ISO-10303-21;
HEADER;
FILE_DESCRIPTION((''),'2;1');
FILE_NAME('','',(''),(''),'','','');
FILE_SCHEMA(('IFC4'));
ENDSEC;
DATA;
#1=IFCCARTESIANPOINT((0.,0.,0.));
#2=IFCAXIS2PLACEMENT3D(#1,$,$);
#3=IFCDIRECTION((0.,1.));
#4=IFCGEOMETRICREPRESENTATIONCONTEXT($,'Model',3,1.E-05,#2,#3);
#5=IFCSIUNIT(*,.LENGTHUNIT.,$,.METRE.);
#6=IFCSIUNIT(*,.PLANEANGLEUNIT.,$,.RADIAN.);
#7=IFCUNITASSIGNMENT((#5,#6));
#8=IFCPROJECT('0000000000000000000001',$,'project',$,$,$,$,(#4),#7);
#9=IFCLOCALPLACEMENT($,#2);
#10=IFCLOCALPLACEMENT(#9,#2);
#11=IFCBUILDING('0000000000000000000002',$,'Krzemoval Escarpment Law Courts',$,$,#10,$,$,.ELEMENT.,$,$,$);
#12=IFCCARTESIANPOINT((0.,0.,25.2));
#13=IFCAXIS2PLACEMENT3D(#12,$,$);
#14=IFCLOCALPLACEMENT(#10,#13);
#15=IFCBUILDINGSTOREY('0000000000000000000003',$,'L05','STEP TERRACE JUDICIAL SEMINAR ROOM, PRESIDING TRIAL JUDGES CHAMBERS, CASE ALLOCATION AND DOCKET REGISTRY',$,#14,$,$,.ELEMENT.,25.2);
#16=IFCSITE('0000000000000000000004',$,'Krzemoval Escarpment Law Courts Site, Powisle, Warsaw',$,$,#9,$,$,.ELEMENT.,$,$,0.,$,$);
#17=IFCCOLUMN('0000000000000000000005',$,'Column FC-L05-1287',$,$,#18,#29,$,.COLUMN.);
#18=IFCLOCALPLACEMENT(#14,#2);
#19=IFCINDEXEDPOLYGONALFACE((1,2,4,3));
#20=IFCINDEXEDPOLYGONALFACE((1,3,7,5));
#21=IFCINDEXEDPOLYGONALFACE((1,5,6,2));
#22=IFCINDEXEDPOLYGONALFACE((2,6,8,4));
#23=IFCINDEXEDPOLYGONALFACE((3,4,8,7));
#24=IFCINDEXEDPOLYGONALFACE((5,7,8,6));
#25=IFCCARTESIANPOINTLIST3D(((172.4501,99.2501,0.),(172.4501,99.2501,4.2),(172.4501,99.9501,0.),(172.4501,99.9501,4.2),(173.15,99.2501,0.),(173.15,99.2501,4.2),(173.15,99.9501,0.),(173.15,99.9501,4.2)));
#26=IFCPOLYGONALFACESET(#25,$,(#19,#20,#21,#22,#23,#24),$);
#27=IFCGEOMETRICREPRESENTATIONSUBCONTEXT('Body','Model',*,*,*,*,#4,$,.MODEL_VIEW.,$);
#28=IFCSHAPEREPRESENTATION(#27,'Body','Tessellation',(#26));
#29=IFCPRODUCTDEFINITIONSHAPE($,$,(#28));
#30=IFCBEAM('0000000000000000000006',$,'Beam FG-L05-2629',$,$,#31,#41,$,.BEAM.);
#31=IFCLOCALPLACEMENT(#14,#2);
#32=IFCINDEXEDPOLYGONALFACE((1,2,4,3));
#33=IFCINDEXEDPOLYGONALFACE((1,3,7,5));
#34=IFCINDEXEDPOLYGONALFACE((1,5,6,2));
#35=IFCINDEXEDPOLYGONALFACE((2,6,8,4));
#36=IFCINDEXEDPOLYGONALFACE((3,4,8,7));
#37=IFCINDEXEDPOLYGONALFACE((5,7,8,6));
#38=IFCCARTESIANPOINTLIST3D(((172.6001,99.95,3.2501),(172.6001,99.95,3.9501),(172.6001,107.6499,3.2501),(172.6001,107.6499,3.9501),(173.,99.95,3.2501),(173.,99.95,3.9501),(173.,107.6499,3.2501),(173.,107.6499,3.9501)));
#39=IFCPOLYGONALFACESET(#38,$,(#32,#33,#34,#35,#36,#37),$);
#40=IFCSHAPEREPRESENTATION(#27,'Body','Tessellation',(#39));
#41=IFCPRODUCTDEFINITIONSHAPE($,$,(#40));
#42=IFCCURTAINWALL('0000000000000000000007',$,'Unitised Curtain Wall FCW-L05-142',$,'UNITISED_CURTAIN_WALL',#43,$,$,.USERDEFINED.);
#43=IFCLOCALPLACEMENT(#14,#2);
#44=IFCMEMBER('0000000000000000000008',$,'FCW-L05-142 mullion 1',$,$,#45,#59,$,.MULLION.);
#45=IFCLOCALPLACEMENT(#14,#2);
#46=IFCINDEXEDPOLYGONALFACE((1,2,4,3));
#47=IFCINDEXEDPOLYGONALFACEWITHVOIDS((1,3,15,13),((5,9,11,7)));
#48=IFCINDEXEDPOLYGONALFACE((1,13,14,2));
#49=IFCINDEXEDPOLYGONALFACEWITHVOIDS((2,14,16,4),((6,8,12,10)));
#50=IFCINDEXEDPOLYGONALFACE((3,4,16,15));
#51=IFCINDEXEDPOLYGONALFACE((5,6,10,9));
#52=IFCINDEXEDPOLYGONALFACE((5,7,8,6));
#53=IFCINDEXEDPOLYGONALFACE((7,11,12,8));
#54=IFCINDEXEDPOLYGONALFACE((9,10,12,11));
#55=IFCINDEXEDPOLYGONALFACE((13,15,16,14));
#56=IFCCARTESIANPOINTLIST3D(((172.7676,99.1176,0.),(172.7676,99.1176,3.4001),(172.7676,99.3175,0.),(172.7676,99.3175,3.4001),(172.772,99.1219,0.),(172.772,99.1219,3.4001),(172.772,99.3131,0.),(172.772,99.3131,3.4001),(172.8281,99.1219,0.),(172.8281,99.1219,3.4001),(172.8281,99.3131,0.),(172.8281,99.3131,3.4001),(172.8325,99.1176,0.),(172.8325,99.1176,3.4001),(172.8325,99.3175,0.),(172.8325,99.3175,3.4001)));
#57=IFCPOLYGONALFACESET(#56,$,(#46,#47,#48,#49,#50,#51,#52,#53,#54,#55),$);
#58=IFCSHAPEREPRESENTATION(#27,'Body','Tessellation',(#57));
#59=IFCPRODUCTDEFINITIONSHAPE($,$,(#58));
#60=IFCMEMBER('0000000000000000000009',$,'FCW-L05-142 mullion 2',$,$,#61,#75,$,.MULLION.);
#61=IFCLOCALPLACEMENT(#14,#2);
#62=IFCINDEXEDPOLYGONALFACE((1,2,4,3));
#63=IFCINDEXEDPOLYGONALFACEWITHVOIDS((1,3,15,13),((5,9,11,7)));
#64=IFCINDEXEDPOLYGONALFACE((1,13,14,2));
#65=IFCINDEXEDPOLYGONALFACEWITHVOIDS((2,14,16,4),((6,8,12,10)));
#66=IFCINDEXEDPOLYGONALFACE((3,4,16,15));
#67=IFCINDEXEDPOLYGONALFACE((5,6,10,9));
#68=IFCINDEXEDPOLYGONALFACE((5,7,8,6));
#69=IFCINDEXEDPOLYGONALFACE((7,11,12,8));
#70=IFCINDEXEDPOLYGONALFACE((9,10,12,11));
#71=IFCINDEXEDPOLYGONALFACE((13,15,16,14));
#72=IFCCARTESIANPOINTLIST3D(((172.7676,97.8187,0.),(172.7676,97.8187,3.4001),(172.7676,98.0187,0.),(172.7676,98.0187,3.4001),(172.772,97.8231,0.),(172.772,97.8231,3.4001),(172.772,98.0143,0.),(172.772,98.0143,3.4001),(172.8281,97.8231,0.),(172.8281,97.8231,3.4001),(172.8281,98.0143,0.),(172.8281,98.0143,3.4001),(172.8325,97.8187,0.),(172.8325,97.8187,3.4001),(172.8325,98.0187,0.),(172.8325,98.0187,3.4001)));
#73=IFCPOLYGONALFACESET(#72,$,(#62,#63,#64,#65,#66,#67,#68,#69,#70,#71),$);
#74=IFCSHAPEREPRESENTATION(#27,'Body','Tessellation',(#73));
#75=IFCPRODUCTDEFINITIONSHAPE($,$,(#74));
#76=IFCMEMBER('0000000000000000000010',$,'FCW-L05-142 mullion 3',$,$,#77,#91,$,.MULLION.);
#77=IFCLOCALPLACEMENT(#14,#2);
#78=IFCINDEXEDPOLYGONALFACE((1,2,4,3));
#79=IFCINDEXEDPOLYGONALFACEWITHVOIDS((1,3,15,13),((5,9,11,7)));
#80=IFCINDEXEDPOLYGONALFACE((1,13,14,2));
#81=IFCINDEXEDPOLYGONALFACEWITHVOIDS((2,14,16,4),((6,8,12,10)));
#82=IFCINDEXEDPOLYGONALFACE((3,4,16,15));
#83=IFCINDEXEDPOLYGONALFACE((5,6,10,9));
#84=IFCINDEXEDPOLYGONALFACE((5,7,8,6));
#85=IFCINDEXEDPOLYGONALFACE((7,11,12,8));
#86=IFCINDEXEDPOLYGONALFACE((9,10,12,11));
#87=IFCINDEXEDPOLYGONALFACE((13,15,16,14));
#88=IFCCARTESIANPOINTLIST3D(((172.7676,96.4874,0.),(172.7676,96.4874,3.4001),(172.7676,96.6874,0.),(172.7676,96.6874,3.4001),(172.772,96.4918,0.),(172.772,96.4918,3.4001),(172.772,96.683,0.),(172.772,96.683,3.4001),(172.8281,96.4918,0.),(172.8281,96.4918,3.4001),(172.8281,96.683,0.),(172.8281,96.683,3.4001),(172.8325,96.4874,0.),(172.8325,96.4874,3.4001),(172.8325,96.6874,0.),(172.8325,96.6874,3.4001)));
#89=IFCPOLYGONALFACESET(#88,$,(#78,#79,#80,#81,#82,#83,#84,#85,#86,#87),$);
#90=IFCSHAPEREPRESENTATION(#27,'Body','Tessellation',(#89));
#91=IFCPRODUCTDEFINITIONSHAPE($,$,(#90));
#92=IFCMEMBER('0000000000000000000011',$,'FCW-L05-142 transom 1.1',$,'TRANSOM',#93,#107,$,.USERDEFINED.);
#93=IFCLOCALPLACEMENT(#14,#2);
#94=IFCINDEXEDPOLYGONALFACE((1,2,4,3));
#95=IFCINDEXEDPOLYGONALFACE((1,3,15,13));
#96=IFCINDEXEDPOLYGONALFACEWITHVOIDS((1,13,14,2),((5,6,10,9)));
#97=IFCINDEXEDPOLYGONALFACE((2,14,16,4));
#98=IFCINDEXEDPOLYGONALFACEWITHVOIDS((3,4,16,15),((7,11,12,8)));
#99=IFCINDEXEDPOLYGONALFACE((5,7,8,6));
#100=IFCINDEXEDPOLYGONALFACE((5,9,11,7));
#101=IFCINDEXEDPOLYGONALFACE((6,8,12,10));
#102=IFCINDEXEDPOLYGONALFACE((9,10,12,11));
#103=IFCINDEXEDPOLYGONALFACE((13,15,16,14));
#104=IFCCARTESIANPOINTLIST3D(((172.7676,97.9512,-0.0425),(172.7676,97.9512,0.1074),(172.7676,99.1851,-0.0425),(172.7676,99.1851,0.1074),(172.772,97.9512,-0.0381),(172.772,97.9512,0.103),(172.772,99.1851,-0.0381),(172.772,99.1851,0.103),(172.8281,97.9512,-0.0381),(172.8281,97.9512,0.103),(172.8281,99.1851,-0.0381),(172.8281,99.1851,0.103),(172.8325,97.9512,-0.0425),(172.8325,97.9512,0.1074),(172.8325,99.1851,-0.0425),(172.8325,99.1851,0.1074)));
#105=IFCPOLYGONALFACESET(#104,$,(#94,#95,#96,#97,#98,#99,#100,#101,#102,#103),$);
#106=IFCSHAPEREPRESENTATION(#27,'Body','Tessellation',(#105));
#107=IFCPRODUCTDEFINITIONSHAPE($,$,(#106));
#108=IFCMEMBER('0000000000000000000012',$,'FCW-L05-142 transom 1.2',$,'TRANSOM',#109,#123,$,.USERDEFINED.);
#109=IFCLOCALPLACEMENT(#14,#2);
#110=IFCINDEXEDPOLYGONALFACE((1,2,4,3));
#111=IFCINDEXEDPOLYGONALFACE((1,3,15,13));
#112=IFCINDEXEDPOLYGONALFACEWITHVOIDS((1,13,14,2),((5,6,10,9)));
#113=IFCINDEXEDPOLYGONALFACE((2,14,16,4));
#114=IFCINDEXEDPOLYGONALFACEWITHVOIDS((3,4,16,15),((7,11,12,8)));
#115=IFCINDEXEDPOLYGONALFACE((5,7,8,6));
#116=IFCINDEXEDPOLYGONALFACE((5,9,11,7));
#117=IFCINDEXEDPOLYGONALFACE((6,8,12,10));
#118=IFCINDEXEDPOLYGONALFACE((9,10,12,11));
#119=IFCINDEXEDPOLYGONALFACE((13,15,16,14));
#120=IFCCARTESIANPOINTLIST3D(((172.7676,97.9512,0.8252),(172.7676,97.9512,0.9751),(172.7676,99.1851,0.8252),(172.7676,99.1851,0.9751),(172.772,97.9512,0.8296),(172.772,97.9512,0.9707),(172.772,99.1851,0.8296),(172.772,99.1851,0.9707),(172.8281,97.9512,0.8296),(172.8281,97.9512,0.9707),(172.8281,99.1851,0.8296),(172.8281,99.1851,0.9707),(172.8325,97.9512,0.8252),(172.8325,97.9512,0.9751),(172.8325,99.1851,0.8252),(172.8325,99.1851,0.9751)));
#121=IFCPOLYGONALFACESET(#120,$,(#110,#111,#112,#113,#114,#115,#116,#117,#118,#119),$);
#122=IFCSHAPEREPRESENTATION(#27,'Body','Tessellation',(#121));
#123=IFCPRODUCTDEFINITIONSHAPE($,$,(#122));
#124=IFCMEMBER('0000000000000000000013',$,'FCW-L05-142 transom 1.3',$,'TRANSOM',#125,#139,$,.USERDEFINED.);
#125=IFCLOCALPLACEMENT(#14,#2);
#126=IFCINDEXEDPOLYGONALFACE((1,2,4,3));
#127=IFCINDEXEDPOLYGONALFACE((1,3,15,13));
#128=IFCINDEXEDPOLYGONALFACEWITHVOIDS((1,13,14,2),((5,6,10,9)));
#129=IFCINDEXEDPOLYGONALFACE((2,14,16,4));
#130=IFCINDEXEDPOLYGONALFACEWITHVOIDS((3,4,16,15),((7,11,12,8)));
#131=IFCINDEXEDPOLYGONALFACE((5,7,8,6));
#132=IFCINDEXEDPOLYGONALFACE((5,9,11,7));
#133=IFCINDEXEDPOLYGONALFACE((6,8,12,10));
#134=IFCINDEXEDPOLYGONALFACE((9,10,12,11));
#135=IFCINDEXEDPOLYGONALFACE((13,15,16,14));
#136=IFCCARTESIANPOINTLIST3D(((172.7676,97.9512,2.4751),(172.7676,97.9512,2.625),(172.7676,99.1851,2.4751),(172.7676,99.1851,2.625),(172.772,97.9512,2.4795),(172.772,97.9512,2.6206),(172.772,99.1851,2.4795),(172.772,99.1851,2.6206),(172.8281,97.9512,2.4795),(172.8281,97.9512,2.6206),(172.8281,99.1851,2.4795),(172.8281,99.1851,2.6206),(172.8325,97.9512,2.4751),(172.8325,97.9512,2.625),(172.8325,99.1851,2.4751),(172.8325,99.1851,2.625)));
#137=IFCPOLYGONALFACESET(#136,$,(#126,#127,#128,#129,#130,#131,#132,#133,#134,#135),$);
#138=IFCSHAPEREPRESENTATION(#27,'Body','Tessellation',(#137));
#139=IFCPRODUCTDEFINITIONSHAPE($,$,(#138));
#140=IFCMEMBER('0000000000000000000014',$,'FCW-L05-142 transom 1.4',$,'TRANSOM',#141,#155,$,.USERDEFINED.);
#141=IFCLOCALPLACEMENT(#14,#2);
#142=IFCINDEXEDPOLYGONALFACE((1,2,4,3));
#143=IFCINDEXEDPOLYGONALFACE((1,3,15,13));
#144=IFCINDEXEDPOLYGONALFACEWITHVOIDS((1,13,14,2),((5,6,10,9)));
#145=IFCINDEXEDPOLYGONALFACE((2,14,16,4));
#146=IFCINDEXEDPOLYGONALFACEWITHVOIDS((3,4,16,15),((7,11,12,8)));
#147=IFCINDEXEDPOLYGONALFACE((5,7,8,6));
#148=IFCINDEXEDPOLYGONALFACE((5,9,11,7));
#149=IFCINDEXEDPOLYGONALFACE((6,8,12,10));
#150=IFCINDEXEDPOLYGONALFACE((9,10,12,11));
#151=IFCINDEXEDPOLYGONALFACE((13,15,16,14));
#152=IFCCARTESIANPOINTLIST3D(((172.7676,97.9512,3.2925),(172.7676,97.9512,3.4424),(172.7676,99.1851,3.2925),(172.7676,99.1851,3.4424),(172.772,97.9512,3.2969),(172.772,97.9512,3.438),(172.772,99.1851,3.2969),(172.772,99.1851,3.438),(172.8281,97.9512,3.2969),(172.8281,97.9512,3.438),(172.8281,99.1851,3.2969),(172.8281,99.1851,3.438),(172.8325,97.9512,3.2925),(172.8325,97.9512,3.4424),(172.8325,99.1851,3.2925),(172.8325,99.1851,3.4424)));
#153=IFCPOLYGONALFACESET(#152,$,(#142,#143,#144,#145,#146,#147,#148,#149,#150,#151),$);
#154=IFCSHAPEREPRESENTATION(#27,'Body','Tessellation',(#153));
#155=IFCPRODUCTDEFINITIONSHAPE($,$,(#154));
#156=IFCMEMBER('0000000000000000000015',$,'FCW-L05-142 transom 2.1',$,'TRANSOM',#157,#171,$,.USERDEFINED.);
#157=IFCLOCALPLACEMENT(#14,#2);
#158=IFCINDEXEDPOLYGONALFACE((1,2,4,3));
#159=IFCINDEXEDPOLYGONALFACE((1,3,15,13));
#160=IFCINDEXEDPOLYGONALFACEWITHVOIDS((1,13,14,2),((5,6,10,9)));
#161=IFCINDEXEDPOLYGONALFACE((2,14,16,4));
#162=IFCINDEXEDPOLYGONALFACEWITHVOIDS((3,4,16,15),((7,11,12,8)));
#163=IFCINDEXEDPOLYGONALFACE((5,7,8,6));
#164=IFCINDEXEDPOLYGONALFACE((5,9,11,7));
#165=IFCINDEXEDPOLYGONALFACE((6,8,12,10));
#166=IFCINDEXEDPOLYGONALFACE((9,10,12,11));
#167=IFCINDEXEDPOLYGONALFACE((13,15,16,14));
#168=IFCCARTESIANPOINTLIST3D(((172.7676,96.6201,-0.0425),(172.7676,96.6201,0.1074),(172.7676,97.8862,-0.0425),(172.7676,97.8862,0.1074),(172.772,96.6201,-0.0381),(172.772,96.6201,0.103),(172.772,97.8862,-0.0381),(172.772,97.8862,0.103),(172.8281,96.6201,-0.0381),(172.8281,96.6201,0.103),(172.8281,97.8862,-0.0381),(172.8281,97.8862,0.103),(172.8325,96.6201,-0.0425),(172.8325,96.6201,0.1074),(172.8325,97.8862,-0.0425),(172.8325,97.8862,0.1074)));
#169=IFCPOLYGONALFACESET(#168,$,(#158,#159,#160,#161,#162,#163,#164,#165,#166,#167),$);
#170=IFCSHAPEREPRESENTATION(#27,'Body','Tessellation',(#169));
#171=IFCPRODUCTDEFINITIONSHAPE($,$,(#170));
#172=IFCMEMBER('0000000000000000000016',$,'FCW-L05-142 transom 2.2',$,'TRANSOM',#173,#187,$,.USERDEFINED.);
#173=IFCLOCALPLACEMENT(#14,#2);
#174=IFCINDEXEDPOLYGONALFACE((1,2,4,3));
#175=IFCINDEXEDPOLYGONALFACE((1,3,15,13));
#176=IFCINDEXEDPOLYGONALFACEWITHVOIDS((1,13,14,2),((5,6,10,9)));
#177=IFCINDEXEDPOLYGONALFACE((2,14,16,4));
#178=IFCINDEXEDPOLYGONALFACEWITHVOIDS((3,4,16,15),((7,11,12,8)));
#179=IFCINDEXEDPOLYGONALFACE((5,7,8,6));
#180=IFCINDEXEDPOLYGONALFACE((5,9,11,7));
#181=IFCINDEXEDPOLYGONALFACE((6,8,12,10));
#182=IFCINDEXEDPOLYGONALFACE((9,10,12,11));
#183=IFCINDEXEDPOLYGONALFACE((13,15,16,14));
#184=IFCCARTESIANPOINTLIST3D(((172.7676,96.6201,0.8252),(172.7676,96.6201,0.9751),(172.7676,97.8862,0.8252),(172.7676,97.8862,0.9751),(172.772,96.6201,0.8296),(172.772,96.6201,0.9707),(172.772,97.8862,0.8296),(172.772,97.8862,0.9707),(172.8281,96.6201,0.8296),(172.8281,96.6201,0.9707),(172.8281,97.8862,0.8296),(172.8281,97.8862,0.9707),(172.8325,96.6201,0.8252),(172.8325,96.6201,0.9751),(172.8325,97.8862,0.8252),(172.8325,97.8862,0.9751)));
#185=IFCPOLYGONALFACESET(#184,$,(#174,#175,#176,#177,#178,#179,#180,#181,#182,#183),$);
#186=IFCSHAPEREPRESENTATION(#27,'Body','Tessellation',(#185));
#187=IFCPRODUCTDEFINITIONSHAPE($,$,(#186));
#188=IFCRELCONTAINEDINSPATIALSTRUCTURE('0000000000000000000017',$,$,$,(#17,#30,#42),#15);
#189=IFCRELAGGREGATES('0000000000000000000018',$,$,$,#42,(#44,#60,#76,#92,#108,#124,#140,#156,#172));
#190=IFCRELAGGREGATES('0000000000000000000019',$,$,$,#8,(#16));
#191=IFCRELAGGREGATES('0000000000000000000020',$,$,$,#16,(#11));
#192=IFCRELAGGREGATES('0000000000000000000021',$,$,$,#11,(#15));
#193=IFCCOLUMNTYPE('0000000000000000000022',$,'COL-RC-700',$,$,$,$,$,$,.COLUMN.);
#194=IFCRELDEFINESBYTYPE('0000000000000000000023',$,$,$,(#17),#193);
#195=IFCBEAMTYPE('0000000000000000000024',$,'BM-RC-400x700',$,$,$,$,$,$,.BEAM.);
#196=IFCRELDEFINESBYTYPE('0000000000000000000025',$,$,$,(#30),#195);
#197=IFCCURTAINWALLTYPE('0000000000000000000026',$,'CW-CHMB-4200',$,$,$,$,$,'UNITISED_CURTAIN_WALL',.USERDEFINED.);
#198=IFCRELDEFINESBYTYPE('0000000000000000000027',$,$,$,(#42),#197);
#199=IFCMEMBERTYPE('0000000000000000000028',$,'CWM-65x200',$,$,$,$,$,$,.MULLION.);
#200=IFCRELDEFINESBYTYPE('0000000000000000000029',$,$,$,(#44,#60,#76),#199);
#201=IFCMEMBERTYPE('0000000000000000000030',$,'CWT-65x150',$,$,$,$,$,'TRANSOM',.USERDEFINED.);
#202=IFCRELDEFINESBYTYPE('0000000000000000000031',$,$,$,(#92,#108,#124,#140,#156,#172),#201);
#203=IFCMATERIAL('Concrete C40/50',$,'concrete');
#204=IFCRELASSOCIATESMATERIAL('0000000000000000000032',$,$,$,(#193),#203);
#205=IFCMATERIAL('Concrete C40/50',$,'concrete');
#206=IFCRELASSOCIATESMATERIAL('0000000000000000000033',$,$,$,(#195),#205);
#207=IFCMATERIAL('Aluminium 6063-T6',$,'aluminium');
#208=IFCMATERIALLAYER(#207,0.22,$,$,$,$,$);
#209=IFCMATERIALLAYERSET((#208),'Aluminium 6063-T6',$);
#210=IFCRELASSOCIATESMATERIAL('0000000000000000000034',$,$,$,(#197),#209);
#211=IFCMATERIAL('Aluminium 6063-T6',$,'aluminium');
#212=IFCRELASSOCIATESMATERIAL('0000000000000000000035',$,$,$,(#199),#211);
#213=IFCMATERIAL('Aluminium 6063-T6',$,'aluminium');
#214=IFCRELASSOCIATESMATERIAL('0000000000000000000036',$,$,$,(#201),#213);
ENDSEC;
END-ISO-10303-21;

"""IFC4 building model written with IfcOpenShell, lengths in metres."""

from ifc_helpers import new_model, si_unit, direction, frame, origin, origin_2d, place, context, subcontext, project, spatial, rectangle, hollow_rectangle, extrude, material, layer, layer_set, material_profile, profile_set, type_object, element, aggregate, save


model = new_model("IFC4")

# Units and contexts
model_context = context("Model", 3, precision=1e-05, world=origin(), true_north=direction((0.0, 1.0)))
body_context = subcontext(model_context, "Body", "Model", "MODEL_VIEW")
ifc_project = project(units=[si_unit("LENGTHUNIT", "METRE"), si_unit("PLANEANGLEUNIT", "RADIAN")], contexts=[model_context])

# Site, building, storey
site_placement = place(None, origin())
site = spatial("IfcSite", under=ifc_project, at=site_placement, Name="Krzemoval Escarpment Law Courts Site, Powisle, Warsaw", CompositionType="ELEMENT", RefElevation=0.0)
building_placement = place(site_placement, origin())
building = spatial("IfcBuilding", under=site, at=building_placement, Name="Krzemoval Escarpment Law Courts", CompositionType="ELEMENT")
storey_placement = place(building_placement, frame((0.0, 0.0, 25.2)))
storey = spatial("IfcBuildingStorey", under=building, at=storey_placement, Name="L05", Description="STEP TERRACE JUDICIAL SEMINAR ROOM, PRESIDING TRIAL JUDGES CHAMBERS, CASE ALLOCATION AND DOCKET REGISTRY", CompositionType="ELEMENT", Elevation=25.2)

# Column
ifc_material_1 = material(Name="Concrete C40/50", Category="concrete")
ifc_material_profile_1 = material_profile(ifc_material_1, rectangle(XDim=0.7, YDim=0.7, at=origin_2d()), Name="RC 700x700")
ifc_profile_set_1 = profile_set([ifc_material_profile_1], Name="Concrete C40/50")
column_type = type_object("IfcColumnType", Name="COL-RC-700", PredefinedType="COLUMN", material=ifc_profile_set_1)
column_placement = place(storey_placement, frame((172.8, 99.6001, 0.0), z_axis=(0.0, 0.0, 1.0), x_axis=(1.0, 0.0, 0.0)))
element("IfcColumn", 1, at=column_placement, inside=storey, type_object=column_type, Name="Column FC-L05-1287", PredefinedType="COLUMN", context=body_context, shape_type="SweptSolid", body=[
    extrude(rectangle(XDim=0.7, YDim=0.7, at=origin_2d()), origin(), (0.0, 0.0, 1.0), 4.2),
])

# Beam
ifc_material_2 = material(Name="Concrete C40/50", Category="concrete")
ifc_material_profile_2 = material_profile(ifc_material_2, rectangle(XDim=0.3999, YDim=0.7, at=origin_2d()), Name="RCB 400x700")
ifc_profile_set_2 = profile_set([ifc_material_profile_2], Name="Concrete C40/50")
beam_type = type_object("IfcBeamType", Name="BM-RC-400x700", PredefinedType="BEAM", material=ifc_profile_set_2)
beam_placement = place(storey_placement, frame((172.8, 99.95, 3.6001), z_axis=(0.0, 1.0, 0.0), x_axis=(-1.0, 0.0, 0.0)))
element("IfcBeam", 2, at=beam_placement, inside=storey, type_object=beam_type, Name="Beam FG-L05-2629", PredefinedType="BEAM", context=body_context, shape_type="SweptSolid", body=[
    extrude(rectangle(XDim=0.3999, YDim=0.7, at=origin_2d()), origin(), (0.0, 0.0, 1.0), 7.7),
])

# Curtain wall, members
ifc_material_3 = material(Name="Aluminium 6063-T6", Category="aluminium")
ifc_layer_1 = layer(ifc_material_3, 0.22)
ifc_layer_set_1 = layer_set([ifc_layer_1], Name="Aluminium 6063-T6")
curtain_wall_type = type_object("IfcCurtainWallType", Name="CW-CHMB-4200", ElementType="UNITISED_CURTAIN_WALL", PredefinedType="USERDEFINED", material=ifc_layer_set_1)
curtain_wall_placement = place(storey_placement, origin())
curtain_wall = element("IfcCurtainWall", 3, at=curtain_wall_placement, inside=storey, type_object=curtain_wall_type, Name="Unitised Curtain Wall FCW-L05-142", ObjectType="UNITISED_CURTAIN_WALL", PredefinedType="USERDEFINED")
ifc_material_4 = material(Name="Aluminium 6063-T6", Category="aluminium")
ifc_material_profile_3 = material_profile(ifc_material_4, hollow_rectangle(XDim=0.0649, YDim=0.2, WallThickness=0.0044, at=origin_2d()), Name="ALU M65x200")
ifc_profile_set_3 = profile_set([ifc_material_profile_3], Name="Aluminium 6063-T6")
member_type_1 = type_object("IfcMemberType", Name="CWM-65x200", PredefinedType="MULLION", material=ifc_profile_set_3)
member_1_placement = place(storey_placement, frame((172.8, 99.2175, 0.0), z_axis=(0.0, 0.0, 1.0), x_axis=(1.0, 0.0, 0.0)))
member_1 = element("IfcMember", 4, at=member_1_placement, type_object=member_type_1, Name="FCW-L05-142 mullion 1", PredefinedType="MULLION", context=body_context, shape_type="SweptSolid", body=[
    extrude(hollow_rectangle(XDim=0.0649, YDim=0.2, WallThickness=0.0044, at=origin_2d()), origin(), (0.0, 0.0, 1.0), 3.4001),
])
member_2_placement = place(storey_placement, frame((172.8, 97.9187, 0.0), z_axis=(0.0, 0.0, 1.0), x_axis=(1.0, 0.0, 0.0)))
member_2 = element("IfcMember", 5, at=member_2_placement, type_object=member_type_1, Name="FCW-L05-142 mullion 2", PredefinedType="MULLION", context=body_context, shape_type="SweptSolid", body=[
    extrude(hollow_rectangle(XDim=0.0649, YDim=0.2, WallThickness=0.0044, at=origin_2d()), origin(), (0.0, 0.0, 1.0), 3.4001),
])
member_3_placement = place(storey_placement, frame((172.8, 96.5874, 0.0), z_axis=(0.0, 0.0, 1.0), x_axis=(1.0, 0.0, 0.0)))
member_3 = element("IfcMember", 6, at=member_3_placement, type_object=member_type_1, Name="FCW-L05-142 mullion 3", PredefinedType="MULLION", context=body_context, shape_type="SweptSolid", body=[
    extrude(hollow_rectangle(XDim=0.0649, YDim=0.2, WallThickness=0.0044, at=origin_2d()), origin(), (0.0, 0.0, 1.0), 3.4001),
])
ifc_material_5 = material(Name="Aluminium 6063-T6", Category="aluminium")
ifc_material_profile_4 = material_profile(ifc_material_5, hollow_rectangle(XDim=0.0649, YDim=0.1499, WallThickness=0.0044, at=origin_2d()), Name="ALU T65x150")
ifc_profile_set_4 = profile_set([ifc_material_profile_4], Name="Aluminium 6063-T6")
member_type_2 = type_object("IfcMemberType", Name="CWT-65x150", ElementType="TRANSOM", PredefinedType="USERDEFINED", material=ifc_profile_set_4)
member_4_placement = place(storey_placement, frame((172.8, 99.1851, 0.0325), z_axis=(0.0, -1.0, 0.0), x_axis=(1.0, 0.0, 0.0)))
member_4 = element("IfcMember", 7, at=member_4_placement, type_object=member_type_2, Name="FCW-L05-142 transom 1.1", ObjectType="TRANSOM", PredefinedType="USERDEFINED", context=body_context, shape_type="SweptSolid", body=[
    extrude(hollow_rectangle(XDim=0.0649, YDim=0.1499, WallThickness=0.0044, at=origin_2d()), origin(), (0.0, 0.0, 1.0), 1.2339),
])
member_5_placement = place(storey_placement, frame((172.8, 99.1851, 0.9001), z_axis=(0.0, -1.0, 0.0), x_axis=(1.0, 0.0, 0.0)))
member_5 = element("IfcMember", 8, at=member_5_placement, type_object=member_type_2, Name="FCW-L05-142 transom 1.2", ObjectType="TRANSOM", PredefinedType="USERDEFINED", context=body_context, shape_type="SweptSolid", body=[
    extrude(hollow_rectangle(XDim=0.0649, YDim=0.1499, WallThickness=0.0044, at=origin_2d()), origin(), (0.0, 0.0, 1.0), 1.2339),
])
member_6_placement = place(storey_placement, frame((172.8, 99.1851, 2.55), z_axis=(0.0, -1.0, 0.0), x_axis=(1.0, 0.0, 0.0)))
member_6 = element("IfcMember", 9, at=member_6_placement, type_object=member_type_2, Name="FCW-L05-142 transom 1.3", ObjectType="TRANSOM", PredefinedType="USERDEFINED", context=body_context, shape_type="SweptSolid", body=[
    extrude(hollow_rectangle(XDim=0.0649, YDim=0.1499, WallThickness=0.0044, at=origin_2d()), origin(), (0.0, 0.0, 1.0), 1.2339),
])
member_7_placement = place(storey_placement, frame((172.8, 99.1851, 3.3674), z_axis=(0.0, -1.0, 0.0), x_axis=(1.0, 0.0, 0.0)))
member_7 = element("IfcMember", 10, at=member_7_placement, type_object=member_type_2, Name="FCW-L05-142 transom 1.4", ObjectType="TRANSOM", PredefinedType="USERDEFINED", context=body_context, shape_type="SweptSolid", body=[
    extrude(hollow_rectangle(XDim=0.0649, YDim=0.1499, WallThickness=0.0044, at=origin_2d()), origin(), (0.0, 0.0, 1.0), 1.2339),
])
member_8_placement = place(storey_placement, frame((172.8, 97.8862, 0.0325), z_axis=(0.0, -1.0, 0.0), x_axis=(1.0, 0.0, 0.0)))
member_8 = element("IfcMember", 11, at=member_8_placement, type_object=member_type_2, Name="FCW-L05-142 transom 2.1", ObjectType="TRANSOM", PredefinedType="USERDEFINED", context=body_context, shape_type="SweptSolid", body=[
    extrude(hollow_rectangle(XDim=0.0649, YDim=0.1499, WallThickness=0.0044, at=origin_2d()), origin(), (0.0, 0.0, 1.0), 1.2661),
])
member_9_placement = place(storey_placement, frame((172.8, 97.8862, 0.9001), z_axis=(0.0, -1.0, 0.0), x_axis=(1.0, 0.0, 0.0)))
member_9 = element("IfcMember", 12, at=member_9_placement, type_object=member_type_2, Name="FCW-L05-142 transom 2.2", ObjectType="TRANSOM", PredefinedType="USERDEFINED", context=body_context, shape_type="SweptSolid", body=[
    extrude(hollow_rectangle(XDim=0.0649, YDim=0.1499, WallThickness=0.0044, at=origin_2d()), origin(), (0.0, 0.0, 1.0), 1.2661),
])

aggregate(curtain_wall, [member_1, member_2, member_3, member_4, member_5, member_6, member_7, member_8, member_9])

save(model, "model.ifc")
